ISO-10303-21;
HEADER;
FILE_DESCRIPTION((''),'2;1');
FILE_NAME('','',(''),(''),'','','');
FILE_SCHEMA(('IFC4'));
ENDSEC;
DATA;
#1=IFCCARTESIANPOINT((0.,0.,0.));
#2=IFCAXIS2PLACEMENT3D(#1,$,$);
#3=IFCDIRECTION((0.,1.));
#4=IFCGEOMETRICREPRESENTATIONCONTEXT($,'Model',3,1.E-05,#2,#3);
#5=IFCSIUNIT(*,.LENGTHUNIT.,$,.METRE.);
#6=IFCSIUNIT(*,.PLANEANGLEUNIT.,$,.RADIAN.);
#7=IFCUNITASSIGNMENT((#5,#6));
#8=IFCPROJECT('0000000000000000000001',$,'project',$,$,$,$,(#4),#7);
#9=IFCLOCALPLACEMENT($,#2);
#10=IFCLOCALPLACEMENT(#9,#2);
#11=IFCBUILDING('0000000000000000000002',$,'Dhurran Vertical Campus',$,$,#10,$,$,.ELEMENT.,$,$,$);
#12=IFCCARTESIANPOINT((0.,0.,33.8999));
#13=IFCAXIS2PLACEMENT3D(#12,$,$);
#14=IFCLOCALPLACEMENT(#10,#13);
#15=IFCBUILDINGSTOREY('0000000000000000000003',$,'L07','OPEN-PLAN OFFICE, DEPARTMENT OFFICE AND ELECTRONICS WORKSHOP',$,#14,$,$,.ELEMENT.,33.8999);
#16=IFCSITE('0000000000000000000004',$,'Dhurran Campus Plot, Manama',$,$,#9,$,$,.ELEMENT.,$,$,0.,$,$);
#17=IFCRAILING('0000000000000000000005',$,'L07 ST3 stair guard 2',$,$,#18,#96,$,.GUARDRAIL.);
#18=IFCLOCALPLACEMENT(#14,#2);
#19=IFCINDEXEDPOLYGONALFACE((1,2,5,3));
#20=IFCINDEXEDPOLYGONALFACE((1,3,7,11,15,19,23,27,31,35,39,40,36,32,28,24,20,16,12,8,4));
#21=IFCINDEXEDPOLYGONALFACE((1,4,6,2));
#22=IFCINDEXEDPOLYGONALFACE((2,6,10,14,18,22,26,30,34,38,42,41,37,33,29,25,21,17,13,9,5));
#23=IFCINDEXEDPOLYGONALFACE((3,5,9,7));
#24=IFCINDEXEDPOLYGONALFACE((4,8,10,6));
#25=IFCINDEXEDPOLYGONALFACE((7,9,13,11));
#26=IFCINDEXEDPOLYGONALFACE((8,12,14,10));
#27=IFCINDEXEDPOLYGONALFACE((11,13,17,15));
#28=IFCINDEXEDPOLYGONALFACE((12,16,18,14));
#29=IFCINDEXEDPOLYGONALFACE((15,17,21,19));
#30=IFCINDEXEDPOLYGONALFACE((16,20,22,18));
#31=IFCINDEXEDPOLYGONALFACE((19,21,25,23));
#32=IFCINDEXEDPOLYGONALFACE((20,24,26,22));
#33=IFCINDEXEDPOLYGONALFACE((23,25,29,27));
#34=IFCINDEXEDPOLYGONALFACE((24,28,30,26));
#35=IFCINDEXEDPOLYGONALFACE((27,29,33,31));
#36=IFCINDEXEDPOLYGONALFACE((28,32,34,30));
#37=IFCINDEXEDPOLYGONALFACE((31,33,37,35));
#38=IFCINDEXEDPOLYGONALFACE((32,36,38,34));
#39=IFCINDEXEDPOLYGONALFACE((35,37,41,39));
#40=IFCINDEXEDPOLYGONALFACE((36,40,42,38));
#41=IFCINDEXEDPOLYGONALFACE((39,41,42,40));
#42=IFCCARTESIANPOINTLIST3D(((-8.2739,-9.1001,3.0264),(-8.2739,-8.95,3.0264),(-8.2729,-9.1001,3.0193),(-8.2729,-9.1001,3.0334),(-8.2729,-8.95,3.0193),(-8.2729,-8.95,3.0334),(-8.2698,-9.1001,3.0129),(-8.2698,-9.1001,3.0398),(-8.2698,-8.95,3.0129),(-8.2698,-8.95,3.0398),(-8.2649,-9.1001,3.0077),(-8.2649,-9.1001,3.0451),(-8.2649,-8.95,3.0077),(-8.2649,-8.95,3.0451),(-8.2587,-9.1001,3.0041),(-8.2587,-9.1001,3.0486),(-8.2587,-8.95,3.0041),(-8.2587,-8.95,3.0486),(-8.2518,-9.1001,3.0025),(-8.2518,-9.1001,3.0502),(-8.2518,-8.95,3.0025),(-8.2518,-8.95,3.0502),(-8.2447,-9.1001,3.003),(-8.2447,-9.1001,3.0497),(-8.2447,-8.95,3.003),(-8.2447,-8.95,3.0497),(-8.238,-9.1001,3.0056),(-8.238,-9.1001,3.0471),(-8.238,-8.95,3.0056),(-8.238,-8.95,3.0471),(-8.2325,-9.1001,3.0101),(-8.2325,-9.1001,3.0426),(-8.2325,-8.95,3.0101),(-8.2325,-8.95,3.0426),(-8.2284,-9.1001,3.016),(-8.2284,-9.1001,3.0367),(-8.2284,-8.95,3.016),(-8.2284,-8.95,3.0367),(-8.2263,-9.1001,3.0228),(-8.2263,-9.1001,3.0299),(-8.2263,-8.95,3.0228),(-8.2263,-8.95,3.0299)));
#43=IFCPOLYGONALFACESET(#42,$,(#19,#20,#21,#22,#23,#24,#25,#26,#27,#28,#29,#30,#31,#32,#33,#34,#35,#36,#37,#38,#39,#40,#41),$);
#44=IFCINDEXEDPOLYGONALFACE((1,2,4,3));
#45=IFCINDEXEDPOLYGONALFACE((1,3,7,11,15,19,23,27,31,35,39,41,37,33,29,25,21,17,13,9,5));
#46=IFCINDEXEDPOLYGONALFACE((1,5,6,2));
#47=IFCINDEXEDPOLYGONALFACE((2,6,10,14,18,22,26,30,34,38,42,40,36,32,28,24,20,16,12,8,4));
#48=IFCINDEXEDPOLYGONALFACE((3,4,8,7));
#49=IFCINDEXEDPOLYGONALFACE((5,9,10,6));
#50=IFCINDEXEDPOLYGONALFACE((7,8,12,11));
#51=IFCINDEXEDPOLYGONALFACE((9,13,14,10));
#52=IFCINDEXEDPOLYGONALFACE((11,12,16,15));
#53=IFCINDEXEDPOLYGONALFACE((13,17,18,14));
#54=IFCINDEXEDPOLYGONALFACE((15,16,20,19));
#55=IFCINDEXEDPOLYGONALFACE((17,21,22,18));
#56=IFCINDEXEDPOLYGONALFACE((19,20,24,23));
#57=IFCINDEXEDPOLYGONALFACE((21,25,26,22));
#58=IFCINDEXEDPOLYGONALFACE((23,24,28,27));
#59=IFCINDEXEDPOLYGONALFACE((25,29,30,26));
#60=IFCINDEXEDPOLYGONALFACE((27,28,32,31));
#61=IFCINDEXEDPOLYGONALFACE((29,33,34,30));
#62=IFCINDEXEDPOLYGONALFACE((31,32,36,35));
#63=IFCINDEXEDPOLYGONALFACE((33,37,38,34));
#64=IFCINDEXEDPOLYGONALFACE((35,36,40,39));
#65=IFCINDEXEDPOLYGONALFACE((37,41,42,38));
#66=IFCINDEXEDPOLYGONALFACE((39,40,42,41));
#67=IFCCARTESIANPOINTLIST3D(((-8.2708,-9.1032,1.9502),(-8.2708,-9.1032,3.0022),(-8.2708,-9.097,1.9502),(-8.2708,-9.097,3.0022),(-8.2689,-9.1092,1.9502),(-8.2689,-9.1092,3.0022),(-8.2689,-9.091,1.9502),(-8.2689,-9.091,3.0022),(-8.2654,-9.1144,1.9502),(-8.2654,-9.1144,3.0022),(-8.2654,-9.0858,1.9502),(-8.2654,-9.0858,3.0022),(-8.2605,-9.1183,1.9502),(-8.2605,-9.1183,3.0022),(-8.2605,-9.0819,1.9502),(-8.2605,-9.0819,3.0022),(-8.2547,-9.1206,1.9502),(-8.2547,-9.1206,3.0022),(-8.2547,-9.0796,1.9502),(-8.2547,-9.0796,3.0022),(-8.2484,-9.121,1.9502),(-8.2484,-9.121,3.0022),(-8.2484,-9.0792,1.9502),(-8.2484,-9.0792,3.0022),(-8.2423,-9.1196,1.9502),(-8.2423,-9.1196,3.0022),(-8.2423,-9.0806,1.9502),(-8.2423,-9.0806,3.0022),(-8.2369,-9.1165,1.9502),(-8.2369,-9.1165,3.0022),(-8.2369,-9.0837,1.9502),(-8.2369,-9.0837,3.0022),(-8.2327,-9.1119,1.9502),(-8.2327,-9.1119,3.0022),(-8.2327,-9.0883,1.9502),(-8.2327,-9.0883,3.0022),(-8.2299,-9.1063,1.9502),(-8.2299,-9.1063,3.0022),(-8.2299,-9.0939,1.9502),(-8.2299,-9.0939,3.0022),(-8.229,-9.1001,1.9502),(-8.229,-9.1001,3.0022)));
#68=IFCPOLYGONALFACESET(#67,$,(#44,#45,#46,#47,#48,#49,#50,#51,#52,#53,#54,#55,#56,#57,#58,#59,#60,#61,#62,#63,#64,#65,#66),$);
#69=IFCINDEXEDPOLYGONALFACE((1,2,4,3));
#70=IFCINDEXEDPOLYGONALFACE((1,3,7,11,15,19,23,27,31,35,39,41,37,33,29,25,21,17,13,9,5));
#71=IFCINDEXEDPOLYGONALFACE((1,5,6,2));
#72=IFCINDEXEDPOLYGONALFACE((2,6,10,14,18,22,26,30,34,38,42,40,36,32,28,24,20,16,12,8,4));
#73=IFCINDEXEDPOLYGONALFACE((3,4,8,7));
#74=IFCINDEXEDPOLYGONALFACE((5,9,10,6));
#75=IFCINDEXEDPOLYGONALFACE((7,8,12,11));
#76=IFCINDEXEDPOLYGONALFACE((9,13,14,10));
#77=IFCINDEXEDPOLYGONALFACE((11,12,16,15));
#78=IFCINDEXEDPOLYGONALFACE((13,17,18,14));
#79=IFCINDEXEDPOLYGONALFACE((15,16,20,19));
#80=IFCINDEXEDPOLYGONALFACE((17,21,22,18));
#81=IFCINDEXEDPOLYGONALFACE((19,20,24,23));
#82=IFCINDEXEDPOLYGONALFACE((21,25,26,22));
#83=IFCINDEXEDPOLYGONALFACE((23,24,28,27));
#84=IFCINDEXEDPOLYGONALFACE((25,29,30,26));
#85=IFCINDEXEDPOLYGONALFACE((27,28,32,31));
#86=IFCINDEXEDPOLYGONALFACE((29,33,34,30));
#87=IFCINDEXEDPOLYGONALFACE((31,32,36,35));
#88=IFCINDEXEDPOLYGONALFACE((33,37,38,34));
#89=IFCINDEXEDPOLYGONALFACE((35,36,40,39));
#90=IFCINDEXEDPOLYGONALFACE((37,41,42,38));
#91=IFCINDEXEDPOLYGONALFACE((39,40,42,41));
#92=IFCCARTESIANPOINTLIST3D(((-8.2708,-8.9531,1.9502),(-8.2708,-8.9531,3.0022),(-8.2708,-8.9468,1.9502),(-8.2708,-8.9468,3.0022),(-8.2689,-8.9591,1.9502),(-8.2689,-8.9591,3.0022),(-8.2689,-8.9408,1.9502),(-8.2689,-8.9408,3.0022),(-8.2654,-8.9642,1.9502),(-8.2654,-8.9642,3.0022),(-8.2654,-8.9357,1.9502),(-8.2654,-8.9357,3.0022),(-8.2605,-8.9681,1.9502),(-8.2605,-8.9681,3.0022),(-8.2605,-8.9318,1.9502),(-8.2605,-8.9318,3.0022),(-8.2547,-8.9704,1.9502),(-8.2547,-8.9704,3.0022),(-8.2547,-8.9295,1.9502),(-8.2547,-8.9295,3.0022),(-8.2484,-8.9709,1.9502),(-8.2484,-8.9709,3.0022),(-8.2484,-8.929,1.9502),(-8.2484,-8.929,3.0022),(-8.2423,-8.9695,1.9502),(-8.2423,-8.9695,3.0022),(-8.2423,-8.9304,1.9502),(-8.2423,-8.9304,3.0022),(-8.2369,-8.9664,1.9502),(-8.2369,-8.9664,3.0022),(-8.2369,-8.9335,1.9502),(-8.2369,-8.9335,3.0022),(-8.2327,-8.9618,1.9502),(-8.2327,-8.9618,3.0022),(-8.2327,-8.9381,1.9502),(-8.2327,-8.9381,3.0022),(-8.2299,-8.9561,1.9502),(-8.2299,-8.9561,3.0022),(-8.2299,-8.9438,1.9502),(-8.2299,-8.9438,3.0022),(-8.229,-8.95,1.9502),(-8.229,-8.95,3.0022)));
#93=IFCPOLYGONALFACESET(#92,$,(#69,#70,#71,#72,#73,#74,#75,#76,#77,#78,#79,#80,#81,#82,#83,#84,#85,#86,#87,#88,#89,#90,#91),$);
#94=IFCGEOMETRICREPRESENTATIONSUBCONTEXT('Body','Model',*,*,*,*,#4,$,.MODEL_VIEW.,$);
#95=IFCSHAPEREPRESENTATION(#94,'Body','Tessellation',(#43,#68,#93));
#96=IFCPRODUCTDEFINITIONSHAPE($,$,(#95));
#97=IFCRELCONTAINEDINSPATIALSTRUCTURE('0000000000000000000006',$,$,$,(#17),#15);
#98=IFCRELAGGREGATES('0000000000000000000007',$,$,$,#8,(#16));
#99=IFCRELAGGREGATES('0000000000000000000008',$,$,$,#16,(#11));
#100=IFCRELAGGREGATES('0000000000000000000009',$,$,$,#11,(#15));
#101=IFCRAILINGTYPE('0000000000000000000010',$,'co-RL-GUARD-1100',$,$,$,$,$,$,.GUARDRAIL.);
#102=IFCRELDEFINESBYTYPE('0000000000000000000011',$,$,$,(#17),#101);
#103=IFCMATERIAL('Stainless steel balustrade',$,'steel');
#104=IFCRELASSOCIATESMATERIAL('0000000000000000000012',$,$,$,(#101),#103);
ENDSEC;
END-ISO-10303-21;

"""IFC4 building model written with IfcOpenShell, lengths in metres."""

from ifc_helpers import new_model, si_unit, direction, frame, origin, origin_2d, place, context, subcontext, project, spatial, circle, extrude, material, type_object, element, save


model = new_model("IFC4")

# Units and contexts
model_context = context("Model", 3, precision=1e-05, world=origin(), true_north=direction((0.0, 1.0)))
body_context = subcontext(model_context, "Body", "Model", "MODEL_VIEW")
ifc_project = project(units=[si_unit("LENGTHUNIT", "METRE"), si_unit("PLANEANGLEUNIT", "RADIAN")], contexts=[model_context])

# Site, building, storey
site_placement = place(None, origin())
site = spatial("IfcSite", under=ifc_project, at=site_placement, Name="Dhurran Campus Plot, Manama", CompositionType="ELEMENT", RefElevation=0.0)
building_placement = place(site_placement, origin())
building = spatial("IfcBuilding", under=site, at=building_placement, Name="Dhurran Vertical Campus", CompositionType="ELEMENT")
storey_placement = place(building_placement, frame((0.0, 0.0, 33.8999)))
storey = spatial("IfcBuildingStorey", under=building, at=storey_placement, Name="L07", Description="OPEN-PLAN OFFICE, DEPARTMENT OFFICE AND ELECTRONICS WORKSHOP", CompositionType="ELEMENT", Elevation=33.8999)

# Railing
ifc_material_1 = material(Name="Stainless steel balustrade", Category="steel")
railing_type_1 = type_object("IfcRailingType", Name="co-RL-GUARD-1100", PredefinedType="GUARDRAIL", material=ifc_material_1)
railing_1_placement = place(storey_placement, frame((-8.25, -9.1001, 1.9502)))
element("IfcRailing", 1, at=railing_1_placement, inside=storey, type_object=railing_type_1, Name="L07 ST3 stair guard 2", PredefinedType="GUARDRAIL", context=body_context, shape_type="SweptSolid", body=[
    extrude(circle(Radius=0.0239, at=origin_2d()), frame((0.0, 0.0, 1.0762), z_axis=(0.0, 1.0, 0.0), x_axis=(-1.0, 0.0, 0.0)), (0.0, 0.0, 1.0), 0.1501),
    extrude(circle(Radius=0.021, at=origin_2d()), origin(), (0.0, 0.0, 1.0), 1.052),
    extrude(circle(Radius=0.021, at=origin_2d()), frame((0.0, 0.1501, 0.0)), (0.0, 0.0, 1.0), 1.052),
])

save(model, "model.ifc")
